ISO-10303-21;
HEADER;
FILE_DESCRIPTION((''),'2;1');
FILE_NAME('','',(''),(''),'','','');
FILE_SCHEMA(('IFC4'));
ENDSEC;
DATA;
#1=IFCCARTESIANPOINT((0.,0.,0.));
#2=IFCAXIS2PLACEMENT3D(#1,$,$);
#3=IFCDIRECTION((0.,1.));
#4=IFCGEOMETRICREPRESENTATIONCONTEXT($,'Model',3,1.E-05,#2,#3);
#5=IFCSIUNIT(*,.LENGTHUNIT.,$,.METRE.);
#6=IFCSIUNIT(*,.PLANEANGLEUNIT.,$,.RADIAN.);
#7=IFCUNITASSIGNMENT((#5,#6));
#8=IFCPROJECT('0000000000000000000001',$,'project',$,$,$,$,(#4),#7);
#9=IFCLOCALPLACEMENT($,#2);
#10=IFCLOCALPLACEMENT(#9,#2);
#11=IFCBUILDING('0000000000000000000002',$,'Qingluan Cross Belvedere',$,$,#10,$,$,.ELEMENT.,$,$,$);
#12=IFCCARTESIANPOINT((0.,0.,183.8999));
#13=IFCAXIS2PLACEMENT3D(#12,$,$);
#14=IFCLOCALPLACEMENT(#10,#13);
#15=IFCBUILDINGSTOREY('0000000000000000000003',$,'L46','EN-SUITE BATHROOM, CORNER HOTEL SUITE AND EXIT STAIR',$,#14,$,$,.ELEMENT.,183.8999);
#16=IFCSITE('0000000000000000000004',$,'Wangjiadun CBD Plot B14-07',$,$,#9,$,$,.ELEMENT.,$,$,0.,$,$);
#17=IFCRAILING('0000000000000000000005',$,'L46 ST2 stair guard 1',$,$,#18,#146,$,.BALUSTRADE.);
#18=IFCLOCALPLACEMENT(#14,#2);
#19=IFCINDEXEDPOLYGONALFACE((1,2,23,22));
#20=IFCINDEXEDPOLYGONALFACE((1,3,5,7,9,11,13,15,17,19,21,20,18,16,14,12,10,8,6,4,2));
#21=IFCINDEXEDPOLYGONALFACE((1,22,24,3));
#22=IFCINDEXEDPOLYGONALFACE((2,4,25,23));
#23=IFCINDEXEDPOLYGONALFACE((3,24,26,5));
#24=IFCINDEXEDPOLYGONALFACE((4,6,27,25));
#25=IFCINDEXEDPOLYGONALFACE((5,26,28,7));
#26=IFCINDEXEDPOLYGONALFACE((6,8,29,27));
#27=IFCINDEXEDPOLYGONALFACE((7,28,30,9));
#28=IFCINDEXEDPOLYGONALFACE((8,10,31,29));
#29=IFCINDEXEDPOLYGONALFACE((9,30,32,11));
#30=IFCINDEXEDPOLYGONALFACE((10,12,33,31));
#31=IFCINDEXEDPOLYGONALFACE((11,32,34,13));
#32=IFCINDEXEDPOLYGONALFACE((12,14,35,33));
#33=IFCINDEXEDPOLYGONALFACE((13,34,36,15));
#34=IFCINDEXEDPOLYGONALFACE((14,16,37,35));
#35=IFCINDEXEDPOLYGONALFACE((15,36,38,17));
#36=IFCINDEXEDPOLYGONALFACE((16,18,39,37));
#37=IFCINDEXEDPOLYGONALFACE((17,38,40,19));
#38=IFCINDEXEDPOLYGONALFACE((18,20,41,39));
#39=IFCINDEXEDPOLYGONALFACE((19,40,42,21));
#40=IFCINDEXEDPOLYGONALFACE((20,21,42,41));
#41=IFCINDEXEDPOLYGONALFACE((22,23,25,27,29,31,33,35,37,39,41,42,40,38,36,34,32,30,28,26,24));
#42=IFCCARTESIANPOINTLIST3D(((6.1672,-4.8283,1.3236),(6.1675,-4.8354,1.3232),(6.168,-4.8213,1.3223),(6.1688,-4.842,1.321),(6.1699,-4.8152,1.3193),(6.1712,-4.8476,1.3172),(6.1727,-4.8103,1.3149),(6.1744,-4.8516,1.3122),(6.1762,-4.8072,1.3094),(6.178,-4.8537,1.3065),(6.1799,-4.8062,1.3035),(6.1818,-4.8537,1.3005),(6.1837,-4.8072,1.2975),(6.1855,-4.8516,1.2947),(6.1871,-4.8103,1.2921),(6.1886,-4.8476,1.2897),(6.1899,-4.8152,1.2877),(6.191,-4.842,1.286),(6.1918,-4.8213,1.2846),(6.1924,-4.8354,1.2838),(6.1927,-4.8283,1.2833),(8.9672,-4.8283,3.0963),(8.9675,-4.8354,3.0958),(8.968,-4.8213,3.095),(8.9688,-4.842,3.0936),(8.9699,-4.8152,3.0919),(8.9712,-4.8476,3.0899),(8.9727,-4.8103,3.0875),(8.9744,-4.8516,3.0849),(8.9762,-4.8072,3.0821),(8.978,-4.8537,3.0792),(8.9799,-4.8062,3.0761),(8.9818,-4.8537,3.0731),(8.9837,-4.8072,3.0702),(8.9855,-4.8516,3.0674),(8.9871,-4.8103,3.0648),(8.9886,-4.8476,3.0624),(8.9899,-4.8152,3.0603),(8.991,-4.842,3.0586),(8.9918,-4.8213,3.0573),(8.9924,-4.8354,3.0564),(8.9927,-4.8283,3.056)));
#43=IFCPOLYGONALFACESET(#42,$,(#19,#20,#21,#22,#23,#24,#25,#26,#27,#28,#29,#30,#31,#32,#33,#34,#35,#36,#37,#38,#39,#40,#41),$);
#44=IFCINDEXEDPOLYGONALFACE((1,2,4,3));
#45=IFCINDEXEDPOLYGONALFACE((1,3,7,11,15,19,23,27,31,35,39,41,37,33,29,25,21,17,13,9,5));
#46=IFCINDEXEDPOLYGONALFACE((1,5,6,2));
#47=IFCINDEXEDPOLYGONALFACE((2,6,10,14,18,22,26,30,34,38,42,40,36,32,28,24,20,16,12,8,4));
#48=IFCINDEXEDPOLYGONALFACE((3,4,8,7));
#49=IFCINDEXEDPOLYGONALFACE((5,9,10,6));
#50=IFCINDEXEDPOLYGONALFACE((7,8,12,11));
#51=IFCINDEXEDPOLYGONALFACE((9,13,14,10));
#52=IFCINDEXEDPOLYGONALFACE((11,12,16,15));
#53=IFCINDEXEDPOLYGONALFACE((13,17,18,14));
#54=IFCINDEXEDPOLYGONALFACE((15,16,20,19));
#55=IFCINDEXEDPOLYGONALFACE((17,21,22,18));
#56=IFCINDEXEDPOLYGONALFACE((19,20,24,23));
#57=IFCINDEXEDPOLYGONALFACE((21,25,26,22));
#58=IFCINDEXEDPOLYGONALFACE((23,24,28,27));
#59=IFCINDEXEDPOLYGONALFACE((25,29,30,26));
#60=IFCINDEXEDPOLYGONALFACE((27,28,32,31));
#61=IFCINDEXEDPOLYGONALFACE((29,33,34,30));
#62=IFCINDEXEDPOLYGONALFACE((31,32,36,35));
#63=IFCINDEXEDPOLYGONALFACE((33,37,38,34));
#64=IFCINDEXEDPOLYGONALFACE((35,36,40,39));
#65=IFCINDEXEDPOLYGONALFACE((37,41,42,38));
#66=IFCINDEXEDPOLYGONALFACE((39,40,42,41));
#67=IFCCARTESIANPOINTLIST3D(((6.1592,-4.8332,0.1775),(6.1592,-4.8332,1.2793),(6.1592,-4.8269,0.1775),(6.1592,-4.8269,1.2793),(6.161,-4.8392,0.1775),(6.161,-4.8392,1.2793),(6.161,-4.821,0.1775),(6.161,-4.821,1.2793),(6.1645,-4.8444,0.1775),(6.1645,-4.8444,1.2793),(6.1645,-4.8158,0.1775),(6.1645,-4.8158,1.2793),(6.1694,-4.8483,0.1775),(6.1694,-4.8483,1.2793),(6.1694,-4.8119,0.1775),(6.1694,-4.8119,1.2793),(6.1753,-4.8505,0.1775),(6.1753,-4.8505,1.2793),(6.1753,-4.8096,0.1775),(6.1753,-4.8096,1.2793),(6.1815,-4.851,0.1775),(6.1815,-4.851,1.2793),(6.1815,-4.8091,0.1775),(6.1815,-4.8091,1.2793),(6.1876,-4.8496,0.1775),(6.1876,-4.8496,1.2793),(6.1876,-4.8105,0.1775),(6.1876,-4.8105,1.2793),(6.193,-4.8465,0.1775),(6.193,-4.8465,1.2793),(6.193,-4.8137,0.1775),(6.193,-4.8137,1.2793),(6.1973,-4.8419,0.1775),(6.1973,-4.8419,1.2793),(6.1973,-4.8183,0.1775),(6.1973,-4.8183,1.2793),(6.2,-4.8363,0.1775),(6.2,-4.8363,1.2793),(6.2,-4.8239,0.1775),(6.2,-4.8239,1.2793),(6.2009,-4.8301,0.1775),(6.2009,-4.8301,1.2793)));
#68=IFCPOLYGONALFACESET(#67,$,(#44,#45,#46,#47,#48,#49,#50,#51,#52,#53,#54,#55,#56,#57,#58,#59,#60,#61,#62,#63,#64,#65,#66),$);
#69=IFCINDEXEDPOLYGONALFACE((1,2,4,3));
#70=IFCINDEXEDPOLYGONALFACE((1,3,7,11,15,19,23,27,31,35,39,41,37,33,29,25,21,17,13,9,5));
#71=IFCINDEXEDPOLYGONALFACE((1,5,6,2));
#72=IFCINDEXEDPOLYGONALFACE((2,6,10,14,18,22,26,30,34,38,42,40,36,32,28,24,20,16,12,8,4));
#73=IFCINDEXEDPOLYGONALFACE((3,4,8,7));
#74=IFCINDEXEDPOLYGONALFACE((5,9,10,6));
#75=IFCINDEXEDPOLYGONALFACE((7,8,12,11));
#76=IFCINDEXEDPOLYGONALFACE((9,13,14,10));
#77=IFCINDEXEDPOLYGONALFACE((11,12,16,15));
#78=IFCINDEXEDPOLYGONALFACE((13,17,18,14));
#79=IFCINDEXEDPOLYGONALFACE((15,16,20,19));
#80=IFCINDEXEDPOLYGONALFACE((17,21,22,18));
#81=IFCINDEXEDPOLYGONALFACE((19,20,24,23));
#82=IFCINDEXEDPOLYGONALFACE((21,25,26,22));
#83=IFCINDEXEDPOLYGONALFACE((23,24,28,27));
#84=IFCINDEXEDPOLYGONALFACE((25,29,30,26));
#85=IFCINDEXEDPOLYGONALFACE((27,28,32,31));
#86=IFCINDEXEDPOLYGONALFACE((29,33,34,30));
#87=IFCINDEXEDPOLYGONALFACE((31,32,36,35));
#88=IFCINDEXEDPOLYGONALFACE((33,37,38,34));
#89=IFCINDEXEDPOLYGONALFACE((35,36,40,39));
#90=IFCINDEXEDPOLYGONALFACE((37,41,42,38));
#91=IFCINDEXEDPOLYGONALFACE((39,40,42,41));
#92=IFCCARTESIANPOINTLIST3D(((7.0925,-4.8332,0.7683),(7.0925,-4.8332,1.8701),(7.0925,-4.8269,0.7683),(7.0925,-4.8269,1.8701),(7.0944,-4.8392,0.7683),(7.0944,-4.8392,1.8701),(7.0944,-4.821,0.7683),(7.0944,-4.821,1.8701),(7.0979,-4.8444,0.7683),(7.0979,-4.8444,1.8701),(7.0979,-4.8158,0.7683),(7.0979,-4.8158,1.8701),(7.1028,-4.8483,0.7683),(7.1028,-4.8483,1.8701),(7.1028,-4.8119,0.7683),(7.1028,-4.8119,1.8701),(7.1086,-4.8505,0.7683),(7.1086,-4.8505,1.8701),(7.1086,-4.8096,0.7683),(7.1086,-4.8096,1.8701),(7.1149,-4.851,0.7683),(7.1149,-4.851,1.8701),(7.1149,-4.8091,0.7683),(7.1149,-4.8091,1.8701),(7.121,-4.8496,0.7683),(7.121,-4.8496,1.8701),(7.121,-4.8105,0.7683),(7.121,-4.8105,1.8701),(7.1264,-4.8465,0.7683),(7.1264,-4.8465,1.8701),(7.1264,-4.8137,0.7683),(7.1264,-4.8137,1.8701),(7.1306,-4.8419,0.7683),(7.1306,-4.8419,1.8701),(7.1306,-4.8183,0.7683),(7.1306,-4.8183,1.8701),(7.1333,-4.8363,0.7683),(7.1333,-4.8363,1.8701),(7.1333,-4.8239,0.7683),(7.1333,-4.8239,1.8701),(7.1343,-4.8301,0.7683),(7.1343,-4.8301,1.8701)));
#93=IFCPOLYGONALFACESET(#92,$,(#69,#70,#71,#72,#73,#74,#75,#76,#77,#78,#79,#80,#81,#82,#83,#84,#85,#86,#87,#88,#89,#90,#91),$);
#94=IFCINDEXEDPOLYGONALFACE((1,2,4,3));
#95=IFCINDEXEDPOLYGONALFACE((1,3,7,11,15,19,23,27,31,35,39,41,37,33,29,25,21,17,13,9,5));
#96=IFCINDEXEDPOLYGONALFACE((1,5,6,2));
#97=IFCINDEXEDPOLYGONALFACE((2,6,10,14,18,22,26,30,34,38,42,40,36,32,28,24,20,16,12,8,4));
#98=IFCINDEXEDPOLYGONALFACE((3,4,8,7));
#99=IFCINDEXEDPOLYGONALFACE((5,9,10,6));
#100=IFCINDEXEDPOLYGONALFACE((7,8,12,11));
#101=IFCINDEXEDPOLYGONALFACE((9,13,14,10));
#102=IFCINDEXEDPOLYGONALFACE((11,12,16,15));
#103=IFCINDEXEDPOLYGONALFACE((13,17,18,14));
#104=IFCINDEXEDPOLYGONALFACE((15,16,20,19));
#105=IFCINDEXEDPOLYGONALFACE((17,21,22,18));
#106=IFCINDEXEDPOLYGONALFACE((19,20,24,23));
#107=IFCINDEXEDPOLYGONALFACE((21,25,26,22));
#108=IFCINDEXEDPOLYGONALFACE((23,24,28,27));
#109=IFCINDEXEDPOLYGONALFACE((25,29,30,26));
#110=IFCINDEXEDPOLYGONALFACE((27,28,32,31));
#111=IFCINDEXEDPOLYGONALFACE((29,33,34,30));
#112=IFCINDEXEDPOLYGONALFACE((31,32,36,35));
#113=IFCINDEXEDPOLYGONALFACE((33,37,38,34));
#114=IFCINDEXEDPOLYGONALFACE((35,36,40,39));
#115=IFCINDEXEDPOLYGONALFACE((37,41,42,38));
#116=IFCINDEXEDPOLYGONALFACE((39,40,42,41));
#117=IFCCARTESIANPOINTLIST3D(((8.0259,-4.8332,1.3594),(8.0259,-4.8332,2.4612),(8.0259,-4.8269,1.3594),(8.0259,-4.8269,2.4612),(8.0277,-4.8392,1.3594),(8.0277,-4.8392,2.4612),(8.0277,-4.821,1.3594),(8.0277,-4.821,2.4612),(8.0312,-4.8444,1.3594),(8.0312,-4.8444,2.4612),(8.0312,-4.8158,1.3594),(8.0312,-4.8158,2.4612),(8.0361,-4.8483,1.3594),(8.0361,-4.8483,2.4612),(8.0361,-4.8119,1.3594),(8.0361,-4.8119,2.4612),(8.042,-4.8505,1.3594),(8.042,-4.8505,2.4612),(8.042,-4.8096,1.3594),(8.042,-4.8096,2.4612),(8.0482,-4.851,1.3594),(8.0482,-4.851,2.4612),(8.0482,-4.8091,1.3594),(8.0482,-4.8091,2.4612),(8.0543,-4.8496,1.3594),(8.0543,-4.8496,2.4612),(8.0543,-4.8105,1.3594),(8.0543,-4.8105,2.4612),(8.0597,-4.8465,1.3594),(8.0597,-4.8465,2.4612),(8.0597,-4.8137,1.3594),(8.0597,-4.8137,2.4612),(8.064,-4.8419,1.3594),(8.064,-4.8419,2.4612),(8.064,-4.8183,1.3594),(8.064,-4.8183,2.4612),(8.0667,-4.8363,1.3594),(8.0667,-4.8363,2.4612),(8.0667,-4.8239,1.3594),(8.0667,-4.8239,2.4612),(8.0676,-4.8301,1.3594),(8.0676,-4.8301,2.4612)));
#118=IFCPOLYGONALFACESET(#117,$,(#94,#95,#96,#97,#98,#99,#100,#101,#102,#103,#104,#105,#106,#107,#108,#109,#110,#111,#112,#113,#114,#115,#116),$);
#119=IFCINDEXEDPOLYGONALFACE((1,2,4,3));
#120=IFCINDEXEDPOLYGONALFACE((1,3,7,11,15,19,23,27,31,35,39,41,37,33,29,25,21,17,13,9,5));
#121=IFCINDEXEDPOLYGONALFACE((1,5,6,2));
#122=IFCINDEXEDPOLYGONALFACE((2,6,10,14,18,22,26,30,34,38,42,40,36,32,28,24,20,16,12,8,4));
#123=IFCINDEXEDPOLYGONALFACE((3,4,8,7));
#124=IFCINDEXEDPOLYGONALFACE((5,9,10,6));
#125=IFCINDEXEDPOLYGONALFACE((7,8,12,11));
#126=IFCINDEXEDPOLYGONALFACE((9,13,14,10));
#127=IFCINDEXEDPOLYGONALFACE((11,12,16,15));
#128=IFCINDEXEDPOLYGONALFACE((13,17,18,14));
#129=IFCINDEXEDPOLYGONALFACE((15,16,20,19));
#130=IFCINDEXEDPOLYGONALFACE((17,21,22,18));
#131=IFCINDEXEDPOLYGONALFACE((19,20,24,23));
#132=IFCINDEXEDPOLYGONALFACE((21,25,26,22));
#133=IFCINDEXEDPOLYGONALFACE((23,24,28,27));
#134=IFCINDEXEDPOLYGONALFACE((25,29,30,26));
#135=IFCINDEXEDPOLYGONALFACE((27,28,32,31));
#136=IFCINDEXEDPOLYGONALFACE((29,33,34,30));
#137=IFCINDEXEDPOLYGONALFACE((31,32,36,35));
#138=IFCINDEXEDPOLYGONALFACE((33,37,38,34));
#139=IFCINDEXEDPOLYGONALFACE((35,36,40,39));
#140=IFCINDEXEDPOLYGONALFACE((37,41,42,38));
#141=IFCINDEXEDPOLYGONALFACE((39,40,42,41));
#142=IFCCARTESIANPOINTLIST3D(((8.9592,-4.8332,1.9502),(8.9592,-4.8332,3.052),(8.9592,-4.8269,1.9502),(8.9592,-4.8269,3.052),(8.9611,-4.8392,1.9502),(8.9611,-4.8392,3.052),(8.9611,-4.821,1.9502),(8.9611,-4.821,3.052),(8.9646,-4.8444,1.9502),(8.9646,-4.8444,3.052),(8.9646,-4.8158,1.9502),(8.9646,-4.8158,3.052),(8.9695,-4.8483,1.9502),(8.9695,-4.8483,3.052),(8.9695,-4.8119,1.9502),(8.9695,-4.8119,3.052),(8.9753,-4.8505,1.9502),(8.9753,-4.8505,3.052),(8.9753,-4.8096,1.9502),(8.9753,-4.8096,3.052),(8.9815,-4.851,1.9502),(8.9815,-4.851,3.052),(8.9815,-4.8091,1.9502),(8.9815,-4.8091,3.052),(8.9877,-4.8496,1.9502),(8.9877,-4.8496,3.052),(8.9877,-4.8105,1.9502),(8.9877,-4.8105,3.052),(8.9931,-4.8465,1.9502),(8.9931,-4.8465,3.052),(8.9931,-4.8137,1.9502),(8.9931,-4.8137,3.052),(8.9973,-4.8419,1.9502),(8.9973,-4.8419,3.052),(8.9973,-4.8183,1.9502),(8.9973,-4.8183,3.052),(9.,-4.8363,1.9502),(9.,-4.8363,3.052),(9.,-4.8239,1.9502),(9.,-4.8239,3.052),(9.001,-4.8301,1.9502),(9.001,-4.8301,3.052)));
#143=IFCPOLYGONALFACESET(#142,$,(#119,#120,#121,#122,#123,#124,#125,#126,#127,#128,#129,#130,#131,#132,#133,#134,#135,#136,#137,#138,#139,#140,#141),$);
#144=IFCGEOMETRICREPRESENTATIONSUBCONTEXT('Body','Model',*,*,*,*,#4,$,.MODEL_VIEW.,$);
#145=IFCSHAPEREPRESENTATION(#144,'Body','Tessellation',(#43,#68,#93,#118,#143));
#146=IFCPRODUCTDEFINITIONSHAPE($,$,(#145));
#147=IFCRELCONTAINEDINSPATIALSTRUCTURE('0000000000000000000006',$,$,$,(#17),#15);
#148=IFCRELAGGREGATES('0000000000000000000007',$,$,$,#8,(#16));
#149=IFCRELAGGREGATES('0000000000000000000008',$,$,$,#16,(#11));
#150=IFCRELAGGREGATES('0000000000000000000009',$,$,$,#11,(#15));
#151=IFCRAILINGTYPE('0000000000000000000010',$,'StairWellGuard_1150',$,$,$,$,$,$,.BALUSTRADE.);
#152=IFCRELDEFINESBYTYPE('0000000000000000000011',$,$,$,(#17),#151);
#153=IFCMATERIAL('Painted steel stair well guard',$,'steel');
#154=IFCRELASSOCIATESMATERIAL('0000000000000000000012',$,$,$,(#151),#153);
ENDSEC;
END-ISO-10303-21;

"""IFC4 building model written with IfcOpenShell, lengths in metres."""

from ifc_helpers import new_model, si_unit, direction, frame, origin, origin_2d, place, context, subcontext, project, spatial, circle, extrude, material, type_object, element, save


model = new_model("IFC4")

# Units and contexts
model_context = context("Model", 3, precision=1e-05, world=origin(), true_north=direction((0.0, 1.0)))
body_context = subcontext(model_context, "Body", "Model", "MODEL_VIEW")
ifc_project = project(units=[si_unit("LENGTHUNIT", "METRE"), si_unit("PLANEANGLEUNIT", "RADIAN")], contexts=[model_context])

# Site, building, storey
site_placement = place(None, origin())
site = spatial("IfcSite", under=ifc_project, at=site_placement, Name="Wangjiadun CBD Plot B14-07", CompositionType="ELEMENT", RefElevation=0.0)
building_placement = place(site_placement, origin())
building = spatial("IfcBuilding", under=site, at=building_placement, Name="Qingluan Cross Belvedere", CompositionType="ELEMENT")
storey_placement = place(building_placement, frame((0.0, 0.0, 183.8999)))
storey = spatial("IfcBuildingStorey", under=building, at=storey_placement, Name="L46", Description="EN-SUITE BATHROOM, CORNER HOTEL SUITE AND EXIT STAIR", CompositionType="ELEMENT", Elevation=183.8999)

# Railing
ifc_material_1 = material(Name="Painted steel stair well guard", Category="steel")
railing_type_1 = type_object("IfcRailingType", Name="StairWellGuard_1150", PredefinedType="BALUSTRADE", material=ifc_material_1)
railing_1_placement = place(storey_placement, frame((6.1799, -4.8301, 0.1775)))
element("IfcRailing", 1, at=railing_1_placement, inside=storey, type_object=railing_type_1, Name="L46 ST2 stair guard 1", PredefinedType="BALUSTRADE", context=body_context, shape_type="SweptSolid", body=[
    extrude(circle(Radius=0.0239, at=origin_2d()), frame((0.0, 0.0, 1.126), z_axis=(0.844909, 0.0, 0.53491), x_axis=(0.0, 1.0, 0.0)), (0.0, 0.0, 1.0), 3.314),
    extrude(circle(Radius=0.021, at=origin_2d()), origin(), (0.0, 0.0, 1.0), 1.1018),
    extrude(circle(Radius=0.021, at=origin_2d()), frame((0.9333, 0.0, 0.5908)), (0.0, 0.0, 1.0), 1.1018),
    extrude(circle(Radius=0.021, at=origin_2d()), frame((1.8667, 0.0, 1.1819)), (0.0, 0.0, 1.0), 1.1018),
    extrude(circle(Radius=0.021, at=origin_2d()), frame((2.8, 0.0, 1.7727)), (0.0, 0.0, 1.0), 1.1018),
])

save(model, "model.ifc")
